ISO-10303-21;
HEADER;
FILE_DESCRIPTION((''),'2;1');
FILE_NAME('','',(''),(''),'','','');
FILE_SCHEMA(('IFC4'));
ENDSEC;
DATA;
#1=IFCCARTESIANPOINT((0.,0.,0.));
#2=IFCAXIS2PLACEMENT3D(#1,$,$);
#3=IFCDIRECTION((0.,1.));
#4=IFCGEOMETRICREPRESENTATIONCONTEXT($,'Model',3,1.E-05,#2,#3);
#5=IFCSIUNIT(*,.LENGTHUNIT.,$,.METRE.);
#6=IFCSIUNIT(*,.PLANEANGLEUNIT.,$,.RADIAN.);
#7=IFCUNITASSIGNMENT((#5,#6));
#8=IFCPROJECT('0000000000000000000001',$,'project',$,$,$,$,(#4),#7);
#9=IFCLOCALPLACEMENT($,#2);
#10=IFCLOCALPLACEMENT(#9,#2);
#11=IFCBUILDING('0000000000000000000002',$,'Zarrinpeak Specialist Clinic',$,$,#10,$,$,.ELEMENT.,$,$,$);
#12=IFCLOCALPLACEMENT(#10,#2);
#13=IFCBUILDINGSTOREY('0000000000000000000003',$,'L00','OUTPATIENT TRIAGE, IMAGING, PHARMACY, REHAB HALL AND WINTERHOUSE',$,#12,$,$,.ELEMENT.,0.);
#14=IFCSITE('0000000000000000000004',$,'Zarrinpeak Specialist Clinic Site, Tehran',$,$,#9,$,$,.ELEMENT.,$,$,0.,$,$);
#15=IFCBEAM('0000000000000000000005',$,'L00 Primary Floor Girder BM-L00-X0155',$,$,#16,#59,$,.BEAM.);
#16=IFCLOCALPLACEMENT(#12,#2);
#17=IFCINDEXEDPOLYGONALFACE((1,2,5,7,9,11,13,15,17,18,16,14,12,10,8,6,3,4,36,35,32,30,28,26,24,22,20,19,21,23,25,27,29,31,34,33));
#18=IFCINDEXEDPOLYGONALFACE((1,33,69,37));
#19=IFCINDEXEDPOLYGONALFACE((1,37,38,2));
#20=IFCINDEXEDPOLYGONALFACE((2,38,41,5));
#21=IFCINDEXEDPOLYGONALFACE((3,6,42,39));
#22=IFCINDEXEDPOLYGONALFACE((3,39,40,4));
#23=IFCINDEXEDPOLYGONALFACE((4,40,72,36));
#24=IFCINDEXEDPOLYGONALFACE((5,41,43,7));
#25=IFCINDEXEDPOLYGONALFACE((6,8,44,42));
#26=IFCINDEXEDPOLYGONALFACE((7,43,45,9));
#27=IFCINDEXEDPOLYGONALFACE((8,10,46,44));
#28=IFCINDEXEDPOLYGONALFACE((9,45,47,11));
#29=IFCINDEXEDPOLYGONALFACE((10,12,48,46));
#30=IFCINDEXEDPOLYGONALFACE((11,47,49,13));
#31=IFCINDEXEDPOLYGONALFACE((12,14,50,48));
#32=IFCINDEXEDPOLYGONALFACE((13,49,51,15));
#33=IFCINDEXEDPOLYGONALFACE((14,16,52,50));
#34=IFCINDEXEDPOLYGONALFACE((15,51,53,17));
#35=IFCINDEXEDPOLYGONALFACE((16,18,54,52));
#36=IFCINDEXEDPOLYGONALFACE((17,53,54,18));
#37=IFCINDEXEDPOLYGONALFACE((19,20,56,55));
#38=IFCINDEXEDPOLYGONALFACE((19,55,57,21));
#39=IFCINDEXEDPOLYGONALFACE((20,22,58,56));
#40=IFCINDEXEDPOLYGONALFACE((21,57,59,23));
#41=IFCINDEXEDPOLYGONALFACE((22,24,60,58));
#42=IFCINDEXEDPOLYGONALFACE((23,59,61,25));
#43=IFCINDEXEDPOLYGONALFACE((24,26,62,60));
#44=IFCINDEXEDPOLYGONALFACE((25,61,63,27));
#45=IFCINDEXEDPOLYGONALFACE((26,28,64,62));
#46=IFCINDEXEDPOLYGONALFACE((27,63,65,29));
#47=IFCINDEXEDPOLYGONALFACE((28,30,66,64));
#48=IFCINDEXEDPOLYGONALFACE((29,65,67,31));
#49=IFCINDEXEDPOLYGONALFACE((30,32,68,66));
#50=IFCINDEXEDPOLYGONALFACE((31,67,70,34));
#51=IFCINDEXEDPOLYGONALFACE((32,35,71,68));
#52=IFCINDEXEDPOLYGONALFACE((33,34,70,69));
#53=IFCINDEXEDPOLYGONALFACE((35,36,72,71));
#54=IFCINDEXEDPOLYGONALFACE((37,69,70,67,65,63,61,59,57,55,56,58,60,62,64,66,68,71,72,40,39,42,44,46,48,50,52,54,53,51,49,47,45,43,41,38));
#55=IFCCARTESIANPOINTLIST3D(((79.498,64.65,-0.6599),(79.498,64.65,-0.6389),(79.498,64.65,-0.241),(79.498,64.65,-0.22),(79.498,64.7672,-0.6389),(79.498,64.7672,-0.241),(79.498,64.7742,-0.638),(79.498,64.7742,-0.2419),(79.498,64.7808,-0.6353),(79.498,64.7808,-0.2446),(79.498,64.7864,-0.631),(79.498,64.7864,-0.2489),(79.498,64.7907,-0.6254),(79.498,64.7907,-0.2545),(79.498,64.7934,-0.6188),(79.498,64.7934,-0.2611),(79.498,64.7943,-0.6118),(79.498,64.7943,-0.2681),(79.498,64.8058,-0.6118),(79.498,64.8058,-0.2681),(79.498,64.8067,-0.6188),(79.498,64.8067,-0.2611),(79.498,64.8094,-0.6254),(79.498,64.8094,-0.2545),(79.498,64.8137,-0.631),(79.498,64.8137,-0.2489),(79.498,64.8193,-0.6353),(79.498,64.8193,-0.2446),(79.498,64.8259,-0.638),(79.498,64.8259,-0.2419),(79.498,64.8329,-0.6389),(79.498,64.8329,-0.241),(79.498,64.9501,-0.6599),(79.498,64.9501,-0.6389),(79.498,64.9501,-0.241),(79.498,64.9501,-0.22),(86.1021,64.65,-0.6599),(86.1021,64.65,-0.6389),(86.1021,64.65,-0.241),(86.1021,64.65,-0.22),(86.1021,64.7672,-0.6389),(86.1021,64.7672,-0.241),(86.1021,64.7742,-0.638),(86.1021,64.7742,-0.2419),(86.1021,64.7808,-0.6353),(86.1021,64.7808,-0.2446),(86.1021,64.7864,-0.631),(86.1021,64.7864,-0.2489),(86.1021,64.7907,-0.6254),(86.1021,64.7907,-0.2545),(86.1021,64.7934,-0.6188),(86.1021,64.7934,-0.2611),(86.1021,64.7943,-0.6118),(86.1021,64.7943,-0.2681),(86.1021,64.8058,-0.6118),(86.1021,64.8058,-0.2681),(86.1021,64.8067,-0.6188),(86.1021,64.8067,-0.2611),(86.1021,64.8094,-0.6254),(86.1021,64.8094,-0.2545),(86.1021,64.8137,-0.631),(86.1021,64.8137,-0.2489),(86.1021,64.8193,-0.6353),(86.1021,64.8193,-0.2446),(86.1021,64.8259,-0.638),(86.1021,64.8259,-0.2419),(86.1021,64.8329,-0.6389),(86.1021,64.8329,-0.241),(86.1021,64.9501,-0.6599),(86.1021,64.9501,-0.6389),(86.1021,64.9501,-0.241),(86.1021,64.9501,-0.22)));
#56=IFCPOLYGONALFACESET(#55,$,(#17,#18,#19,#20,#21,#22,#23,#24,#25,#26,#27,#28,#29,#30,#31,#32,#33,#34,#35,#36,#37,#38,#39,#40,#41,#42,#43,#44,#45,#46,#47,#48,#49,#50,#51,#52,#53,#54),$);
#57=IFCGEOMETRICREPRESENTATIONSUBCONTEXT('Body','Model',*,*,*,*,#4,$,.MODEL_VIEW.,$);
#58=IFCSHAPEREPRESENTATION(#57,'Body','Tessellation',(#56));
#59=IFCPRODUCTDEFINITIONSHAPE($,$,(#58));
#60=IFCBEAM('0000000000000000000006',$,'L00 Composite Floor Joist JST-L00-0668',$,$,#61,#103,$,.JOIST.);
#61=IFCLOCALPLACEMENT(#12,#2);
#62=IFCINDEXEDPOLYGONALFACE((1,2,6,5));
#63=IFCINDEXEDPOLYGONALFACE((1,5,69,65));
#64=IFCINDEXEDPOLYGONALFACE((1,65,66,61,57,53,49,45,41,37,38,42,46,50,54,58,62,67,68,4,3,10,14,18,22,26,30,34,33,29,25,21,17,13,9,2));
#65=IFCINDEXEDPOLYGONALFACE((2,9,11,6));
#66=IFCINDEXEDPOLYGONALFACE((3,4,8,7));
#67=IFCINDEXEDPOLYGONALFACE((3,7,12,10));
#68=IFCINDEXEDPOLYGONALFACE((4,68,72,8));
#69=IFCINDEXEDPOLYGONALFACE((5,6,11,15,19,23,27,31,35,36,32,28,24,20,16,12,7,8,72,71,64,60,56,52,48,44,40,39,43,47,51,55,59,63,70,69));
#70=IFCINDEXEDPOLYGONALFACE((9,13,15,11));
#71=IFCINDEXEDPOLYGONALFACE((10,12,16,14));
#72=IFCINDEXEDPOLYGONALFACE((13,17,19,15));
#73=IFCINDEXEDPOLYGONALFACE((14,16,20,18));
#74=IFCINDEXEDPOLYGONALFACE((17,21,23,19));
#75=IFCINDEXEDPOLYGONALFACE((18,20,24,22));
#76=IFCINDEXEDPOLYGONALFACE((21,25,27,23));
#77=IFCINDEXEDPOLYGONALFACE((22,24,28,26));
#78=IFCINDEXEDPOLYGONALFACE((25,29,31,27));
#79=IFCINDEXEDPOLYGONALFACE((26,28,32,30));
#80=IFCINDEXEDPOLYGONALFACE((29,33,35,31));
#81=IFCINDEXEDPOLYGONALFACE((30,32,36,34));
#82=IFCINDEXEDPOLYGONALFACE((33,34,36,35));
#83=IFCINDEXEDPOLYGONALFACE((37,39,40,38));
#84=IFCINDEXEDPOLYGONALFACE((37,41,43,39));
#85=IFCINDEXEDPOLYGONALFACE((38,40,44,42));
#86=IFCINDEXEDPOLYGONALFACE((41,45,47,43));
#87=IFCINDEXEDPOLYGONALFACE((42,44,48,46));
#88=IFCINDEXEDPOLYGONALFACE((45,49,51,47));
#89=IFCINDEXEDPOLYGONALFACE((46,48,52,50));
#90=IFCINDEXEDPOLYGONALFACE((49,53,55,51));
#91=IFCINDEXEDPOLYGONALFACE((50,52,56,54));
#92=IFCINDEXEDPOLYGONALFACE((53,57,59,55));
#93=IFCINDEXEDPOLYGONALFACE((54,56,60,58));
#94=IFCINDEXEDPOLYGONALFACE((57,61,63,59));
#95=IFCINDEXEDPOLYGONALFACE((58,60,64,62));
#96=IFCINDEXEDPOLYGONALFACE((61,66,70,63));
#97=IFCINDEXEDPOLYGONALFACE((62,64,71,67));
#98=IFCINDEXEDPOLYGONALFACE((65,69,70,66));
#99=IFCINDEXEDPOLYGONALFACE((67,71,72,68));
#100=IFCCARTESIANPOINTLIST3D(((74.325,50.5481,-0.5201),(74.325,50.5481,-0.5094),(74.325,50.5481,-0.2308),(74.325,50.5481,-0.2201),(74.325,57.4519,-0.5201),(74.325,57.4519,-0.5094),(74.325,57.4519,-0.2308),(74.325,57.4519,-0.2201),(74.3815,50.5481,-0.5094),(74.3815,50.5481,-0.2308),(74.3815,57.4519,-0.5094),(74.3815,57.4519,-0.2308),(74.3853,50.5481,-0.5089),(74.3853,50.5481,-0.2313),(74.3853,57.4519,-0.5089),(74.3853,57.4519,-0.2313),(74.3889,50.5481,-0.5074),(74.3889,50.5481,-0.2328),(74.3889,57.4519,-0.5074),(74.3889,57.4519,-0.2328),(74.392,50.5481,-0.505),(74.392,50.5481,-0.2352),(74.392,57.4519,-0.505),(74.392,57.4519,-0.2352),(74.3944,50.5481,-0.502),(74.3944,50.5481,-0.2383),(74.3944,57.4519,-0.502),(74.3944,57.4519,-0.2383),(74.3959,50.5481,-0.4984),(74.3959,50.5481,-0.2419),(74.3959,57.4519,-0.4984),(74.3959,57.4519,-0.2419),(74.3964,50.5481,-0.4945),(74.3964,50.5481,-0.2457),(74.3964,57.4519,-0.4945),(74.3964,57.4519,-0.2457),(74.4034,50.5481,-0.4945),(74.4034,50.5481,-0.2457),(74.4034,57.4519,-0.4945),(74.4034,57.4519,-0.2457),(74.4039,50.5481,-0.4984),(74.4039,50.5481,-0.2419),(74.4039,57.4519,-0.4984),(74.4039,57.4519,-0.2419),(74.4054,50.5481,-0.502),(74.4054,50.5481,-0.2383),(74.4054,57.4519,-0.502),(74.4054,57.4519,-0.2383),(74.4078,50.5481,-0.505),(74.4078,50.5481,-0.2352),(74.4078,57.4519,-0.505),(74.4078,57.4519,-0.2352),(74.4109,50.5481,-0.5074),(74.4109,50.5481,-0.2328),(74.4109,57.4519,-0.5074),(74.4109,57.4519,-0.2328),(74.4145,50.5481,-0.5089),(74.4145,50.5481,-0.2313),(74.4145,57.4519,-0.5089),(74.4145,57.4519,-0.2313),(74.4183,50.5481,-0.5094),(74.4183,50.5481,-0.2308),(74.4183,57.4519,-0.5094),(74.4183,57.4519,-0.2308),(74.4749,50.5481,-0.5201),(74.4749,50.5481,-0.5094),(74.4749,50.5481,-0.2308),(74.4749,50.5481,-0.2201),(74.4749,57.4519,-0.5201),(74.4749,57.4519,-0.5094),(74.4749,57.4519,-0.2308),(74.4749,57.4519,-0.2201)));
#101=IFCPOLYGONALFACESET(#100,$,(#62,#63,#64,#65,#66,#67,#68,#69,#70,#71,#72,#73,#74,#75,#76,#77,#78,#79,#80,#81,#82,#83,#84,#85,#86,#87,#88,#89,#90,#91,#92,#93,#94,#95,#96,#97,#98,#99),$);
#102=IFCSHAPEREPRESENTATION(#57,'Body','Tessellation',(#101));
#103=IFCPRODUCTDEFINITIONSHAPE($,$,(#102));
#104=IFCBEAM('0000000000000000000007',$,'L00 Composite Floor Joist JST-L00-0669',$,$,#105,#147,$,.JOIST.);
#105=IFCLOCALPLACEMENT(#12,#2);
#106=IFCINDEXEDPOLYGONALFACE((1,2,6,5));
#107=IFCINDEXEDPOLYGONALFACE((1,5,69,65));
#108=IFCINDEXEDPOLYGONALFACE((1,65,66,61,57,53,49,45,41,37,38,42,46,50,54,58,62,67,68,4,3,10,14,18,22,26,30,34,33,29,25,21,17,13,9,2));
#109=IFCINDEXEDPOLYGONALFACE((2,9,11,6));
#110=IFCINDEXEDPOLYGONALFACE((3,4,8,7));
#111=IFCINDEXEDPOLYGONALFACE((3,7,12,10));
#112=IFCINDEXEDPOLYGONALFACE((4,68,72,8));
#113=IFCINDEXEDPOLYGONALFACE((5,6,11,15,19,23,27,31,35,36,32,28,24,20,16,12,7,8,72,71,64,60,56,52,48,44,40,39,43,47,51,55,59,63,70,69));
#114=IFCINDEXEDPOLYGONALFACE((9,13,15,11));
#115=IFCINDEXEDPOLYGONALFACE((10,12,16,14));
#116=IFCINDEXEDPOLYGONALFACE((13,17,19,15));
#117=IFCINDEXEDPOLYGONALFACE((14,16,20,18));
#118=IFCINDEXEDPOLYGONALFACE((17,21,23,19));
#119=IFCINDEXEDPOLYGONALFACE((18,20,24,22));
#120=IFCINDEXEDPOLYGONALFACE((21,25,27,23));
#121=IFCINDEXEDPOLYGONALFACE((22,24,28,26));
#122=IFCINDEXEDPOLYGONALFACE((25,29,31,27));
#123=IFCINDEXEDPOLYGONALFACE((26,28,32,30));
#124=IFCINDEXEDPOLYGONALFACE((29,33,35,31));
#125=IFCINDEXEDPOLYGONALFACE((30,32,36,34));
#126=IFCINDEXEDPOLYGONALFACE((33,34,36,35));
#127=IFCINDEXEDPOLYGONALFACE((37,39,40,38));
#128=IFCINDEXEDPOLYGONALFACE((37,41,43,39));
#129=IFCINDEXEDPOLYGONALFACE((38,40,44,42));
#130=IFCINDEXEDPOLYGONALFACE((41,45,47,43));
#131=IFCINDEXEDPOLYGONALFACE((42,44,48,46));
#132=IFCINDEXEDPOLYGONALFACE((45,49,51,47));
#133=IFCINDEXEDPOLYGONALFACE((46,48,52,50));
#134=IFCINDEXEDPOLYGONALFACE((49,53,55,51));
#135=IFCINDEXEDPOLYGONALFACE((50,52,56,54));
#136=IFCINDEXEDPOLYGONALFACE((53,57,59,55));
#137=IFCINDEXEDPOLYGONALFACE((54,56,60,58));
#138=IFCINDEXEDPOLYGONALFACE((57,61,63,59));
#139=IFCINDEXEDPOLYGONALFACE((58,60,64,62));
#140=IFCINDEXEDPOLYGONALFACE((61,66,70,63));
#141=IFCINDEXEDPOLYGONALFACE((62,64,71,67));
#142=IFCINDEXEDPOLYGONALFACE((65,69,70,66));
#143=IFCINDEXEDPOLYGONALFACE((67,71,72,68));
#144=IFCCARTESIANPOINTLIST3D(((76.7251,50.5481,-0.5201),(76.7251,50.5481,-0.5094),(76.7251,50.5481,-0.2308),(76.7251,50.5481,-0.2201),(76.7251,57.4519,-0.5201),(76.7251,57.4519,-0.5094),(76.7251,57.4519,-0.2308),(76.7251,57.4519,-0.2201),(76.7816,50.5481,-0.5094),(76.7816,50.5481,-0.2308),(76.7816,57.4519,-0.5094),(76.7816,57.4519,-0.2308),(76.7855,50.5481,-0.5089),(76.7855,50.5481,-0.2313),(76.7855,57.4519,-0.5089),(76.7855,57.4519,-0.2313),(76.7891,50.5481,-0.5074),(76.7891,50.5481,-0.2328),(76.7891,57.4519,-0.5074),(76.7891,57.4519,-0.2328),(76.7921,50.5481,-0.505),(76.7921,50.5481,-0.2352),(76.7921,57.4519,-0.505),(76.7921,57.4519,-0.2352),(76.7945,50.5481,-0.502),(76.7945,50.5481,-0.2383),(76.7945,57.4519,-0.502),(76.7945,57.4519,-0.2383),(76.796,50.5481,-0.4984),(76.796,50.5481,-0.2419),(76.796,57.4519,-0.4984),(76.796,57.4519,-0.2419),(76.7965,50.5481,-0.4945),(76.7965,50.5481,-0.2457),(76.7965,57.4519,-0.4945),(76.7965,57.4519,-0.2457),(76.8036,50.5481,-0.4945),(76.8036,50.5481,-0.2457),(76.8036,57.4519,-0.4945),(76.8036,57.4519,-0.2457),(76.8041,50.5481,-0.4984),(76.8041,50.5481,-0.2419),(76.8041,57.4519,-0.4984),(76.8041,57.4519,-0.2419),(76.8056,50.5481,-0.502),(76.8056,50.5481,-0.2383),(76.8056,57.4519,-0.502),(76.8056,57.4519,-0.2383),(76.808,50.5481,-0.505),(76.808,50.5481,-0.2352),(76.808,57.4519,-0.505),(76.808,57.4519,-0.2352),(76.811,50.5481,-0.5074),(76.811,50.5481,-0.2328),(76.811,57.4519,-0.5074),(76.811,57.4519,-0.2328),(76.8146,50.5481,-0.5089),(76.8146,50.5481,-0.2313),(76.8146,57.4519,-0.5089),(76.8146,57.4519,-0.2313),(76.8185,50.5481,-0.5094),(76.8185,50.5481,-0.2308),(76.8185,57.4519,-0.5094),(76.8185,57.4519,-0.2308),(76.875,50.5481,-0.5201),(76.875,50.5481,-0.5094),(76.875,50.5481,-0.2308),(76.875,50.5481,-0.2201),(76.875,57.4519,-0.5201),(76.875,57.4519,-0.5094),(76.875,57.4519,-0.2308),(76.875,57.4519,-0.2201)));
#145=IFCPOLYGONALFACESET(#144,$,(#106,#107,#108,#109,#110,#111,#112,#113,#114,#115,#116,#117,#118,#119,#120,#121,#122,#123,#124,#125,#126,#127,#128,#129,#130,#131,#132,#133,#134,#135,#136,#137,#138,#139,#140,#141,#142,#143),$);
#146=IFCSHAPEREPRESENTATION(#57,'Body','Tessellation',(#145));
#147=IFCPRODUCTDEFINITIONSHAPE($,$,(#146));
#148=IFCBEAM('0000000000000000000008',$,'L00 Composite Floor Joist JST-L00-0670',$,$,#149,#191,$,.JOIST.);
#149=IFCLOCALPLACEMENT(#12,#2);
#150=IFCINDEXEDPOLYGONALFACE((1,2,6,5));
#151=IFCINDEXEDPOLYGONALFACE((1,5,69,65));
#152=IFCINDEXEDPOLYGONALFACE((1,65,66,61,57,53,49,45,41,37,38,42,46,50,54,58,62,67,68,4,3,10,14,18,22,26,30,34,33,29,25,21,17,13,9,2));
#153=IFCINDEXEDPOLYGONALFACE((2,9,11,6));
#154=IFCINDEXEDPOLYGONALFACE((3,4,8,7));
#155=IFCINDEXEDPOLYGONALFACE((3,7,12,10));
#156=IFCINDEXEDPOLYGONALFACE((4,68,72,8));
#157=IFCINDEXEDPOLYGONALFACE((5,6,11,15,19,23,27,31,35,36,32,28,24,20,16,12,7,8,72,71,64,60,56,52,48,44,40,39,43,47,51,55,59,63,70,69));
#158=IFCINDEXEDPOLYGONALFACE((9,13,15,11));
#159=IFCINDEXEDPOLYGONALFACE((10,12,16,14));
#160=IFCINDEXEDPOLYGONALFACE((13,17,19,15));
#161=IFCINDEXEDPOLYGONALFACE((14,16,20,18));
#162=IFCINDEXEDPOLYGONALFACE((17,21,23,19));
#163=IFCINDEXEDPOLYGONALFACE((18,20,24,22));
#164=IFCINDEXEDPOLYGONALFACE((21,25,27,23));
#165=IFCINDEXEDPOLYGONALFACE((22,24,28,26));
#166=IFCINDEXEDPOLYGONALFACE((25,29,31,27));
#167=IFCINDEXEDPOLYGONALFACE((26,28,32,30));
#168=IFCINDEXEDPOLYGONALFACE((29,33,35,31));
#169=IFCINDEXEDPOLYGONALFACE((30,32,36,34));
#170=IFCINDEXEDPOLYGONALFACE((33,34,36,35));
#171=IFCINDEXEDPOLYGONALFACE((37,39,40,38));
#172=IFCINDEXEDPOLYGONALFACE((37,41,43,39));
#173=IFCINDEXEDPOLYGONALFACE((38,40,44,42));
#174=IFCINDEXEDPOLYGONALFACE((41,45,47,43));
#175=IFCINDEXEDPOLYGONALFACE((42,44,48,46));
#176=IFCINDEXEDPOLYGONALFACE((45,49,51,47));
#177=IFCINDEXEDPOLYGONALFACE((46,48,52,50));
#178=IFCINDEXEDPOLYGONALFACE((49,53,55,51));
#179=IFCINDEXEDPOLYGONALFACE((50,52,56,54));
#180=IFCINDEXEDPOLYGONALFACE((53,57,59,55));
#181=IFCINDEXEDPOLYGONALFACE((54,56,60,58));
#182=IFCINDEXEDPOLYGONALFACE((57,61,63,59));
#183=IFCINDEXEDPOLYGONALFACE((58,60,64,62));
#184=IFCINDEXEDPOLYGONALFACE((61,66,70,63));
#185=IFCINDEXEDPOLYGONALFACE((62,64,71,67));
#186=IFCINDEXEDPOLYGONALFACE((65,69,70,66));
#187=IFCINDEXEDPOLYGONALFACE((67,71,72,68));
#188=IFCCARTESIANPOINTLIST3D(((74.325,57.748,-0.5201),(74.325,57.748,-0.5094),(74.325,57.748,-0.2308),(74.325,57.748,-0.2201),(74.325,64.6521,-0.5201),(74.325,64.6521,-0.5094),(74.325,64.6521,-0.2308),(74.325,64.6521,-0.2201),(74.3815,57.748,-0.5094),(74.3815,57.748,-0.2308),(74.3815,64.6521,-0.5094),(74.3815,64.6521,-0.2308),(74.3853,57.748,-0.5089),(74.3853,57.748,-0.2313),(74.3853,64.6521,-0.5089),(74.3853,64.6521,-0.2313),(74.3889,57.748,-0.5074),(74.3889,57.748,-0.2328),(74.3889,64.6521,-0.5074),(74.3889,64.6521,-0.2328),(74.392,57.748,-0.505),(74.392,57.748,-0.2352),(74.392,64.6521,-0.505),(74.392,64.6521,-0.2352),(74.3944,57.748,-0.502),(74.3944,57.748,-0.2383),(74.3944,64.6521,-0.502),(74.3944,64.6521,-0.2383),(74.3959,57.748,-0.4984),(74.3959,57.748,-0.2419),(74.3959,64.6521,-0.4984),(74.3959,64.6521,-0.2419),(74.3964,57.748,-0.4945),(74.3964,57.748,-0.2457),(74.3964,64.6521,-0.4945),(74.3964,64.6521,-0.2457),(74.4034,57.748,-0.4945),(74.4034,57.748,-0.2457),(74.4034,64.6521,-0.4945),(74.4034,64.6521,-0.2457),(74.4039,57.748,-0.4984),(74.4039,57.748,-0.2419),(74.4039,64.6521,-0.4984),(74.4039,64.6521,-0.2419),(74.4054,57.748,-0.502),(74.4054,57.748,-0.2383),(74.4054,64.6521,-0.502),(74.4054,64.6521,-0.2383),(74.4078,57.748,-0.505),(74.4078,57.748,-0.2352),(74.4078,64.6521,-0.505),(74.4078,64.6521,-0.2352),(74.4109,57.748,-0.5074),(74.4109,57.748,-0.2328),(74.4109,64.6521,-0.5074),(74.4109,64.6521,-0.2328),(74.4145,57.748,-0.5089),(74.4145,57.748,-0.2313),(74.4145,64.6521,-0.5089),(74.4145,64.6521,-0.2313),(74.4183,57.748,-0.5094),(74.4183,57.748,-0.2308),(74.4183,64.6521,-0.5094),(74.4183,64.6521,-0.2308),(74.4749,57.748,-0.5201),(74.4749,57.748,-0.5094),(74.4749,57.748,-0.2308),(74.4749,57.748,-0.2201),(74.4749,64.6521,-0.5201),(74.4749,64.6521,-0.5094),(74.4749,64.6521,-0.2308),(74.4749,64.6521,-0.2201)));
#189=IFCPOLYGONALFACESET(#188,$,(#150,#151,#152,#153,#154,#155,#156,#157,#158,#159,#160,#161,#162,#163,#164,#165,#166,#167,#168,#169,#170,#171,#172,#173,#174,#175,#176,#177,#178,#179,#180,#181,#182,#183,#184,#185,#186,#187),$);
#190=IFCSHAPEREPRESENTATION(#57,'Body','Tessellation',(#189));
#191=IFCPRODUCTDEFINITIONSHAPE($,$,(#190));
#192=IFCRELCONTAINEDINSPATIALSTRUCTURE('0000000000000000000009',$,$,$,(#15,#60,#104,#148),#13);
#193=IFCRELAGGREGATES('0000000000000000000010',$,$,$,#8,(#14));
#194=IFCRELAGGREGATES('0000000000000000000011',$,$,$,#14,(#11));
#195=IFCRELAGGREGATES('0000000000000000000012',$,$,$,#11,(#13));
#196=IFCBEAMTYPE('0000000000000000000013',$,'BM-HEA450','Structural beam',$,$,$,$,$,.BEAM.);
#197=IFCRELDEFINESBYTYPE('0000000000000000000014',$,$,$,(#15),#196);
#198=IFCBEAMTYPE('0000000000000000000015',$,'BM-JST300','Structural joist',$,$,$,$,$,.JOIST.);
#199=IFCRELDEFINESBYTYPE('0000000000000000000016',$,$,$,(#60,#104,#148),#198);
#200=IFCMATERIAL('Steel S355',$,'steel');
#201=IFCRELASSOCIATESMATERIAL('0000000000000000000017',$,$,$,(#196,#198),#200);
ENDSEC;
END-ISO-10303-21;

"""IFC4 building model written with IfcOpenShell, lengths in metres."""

from ifc_helpers import new_model, si_unit, direction, frame, origin, origin_2d, place, context, subcontext, project, spatial, i_section, extrude, material, material_profile, profile_set, type_object, element, save


model = new_model("IFC4")

# Units and contexts
model_context = context("Model", 3, precision=1e-05, world=origin(), true_north=direction((0.0, 1.0)))
body_context = subcontext(model_context, "Body", "Model", "MODEL_VIEW")
ifc_project = project(units=[si_unit("LENGTHUNIT", "METRE"), si_unit("PLANEANGLEUNIT", "RADIAN")], contexts=[model_context])

# Site, building, storey
site_placement = place(None, origin())
site = spatial("IfcSite", under=ifc_project, at=site_placement, Name="Zarrinpeak Specialist Clinic Site, Tehran", CompositionType="ELEMENT", RefElevation=0.0)
building_placement = place(site_placement, origin())
building = spatial("IfcBuilding", under=site, at=building_placement, Name="Zarrinpeak Specialist Clinic", CompositionType="ELEMENT")
storey_placement = place(building_placement, origin())
storey = spatial("IfcBuildingStorey", under=building, at=storey_placement, Name="L00", Description="OUTPATIENT TRIAGE, IMAGING, PHARMACY, REHAB HALL AND WINTERHOUSE", CompositionType="ELEMENT", Elevation=0.0)

# Beams
ifc_material_1 = material(Name="Steel S355", Category="steel")
ifc_material_profile_1 = material_profile(ifc_material_1, i_section(OverallWidth=0.3, OverallDepth=0.4399, WebThickness=0.0115, FlangeThickness=0.021, FilletRadius=0.0271, at=origin_2d()), Name="HEA 450")
ifc_profile_set_1 = profile_set([ifc_material_profile_1], Name="Steel S355")
beam_type_1 = type_object("IfcBeamType", Name="BM-HEA450", Description="Structural beam", PredefinedType="BEAM", material=ifc_profile_set_1)
for number, where, z_axis, x_axis, name in (
    (1, (79.498, 64.8, -0.4399), (1.0, 0.0, 0.0), (0.0, 1.0, 0.0), "L00 Primary Floor Girder BM-L00-X0155"),
):
    element("IfcBeam", number, at=place(storey_placement, frame(where, z_axis=z_axis, x_axis=x_axis)), inside=storey, type_object=beam_type_1, Name=name, PredefinedType="BEAM", context=body_context, shape_type="SweptSolid", body=[
        extrude(i_section(OverallWidth=0.3, OverallDepth=0.4399, WebThickness=0.0115, FlangeThickness=0.021, FilletRadius=0.0271, at=origin_2d()), origin(), (0.0, 0.0, 1.0), 6.604),
    ])
ifc_material_profile_2 = material_profile(ifc_material_1, i_section(OverallWidth=0.1499, OverallDepth=0.3, WebThickness=0.0071, FlangeThickness=0.0107, FilletRadius=0.0149, at=origin_2d()), Name="IPE 300")
ifc_profile_set_2 = profile_set([ifc_material_profile_2], Name="Steel S355")
beam_type_2 = type_object("IfcBeamType", Name="BM-JST300", Description="Structural joist", PredefinedType="JOIST", material=ifc_profile_set_2)
for number, where, z_axis, x_axis, name in (
    (2, (74.3999, 50.5481, -0.3701), (0.0, 1.0, 0.0), (-1.0, 0.0, 0.0), "L00 Composite Floor Joist JST-L00-0668"),
    (3, (76.8, 50.5481, -0.3701), (0.0, 1.0, 0.0), (-1.0, 0.0, 0.0), "L00 Composite Floor Joist JST-L00-0669"),
):
    element("IfcBeam", number, at=place(storey_placement, frame(where, z_axis=z_axis, x_axis=x_axis)), inside=storey, type_object=beam_type_2, Name=name, PredefinedType="JOIST", context=body_context, shape_type="SweptSolid", body=[
        extrude(i_section(OverallWidth=0.1499, OverallDepth=0.3, WebThickness=0.0071, FlangeThickness=0.0107, FilletRadius=0.0149, at=origin_2d()), origin(), (0.0, 0.0, 1.0), 6.9038),
    ])
for number, where, z_axis, x_axis, name in (
    (4, (74.3999, 57.748, -0.3701), (0.0, 1.0, 0.0), (-1.0, 0.0, 0.0), "L00 Composite Floor Joist JST-L00-0670"),
):
    element("IfcBeam", number, at=place(storey_placement, frame(where, z_axis=z_axis, x_axis=x_axis)), inside=storey, type_object=beam_type_2, Name=name, PredefinedType="JOIST", context=body_context, shape_type="SweptSolid", body=[
        extrude(i_section(OverallWidth=0.1499, OverallDepth=0.3, WebThickness=0.0071, FlangeThickness=0.0107, FilletRadius=0.0149, at=origin_2d()), origin(), (0.0, 0.0, 1.0), 6.9041),
    ])

save(model, "model.ifc")
